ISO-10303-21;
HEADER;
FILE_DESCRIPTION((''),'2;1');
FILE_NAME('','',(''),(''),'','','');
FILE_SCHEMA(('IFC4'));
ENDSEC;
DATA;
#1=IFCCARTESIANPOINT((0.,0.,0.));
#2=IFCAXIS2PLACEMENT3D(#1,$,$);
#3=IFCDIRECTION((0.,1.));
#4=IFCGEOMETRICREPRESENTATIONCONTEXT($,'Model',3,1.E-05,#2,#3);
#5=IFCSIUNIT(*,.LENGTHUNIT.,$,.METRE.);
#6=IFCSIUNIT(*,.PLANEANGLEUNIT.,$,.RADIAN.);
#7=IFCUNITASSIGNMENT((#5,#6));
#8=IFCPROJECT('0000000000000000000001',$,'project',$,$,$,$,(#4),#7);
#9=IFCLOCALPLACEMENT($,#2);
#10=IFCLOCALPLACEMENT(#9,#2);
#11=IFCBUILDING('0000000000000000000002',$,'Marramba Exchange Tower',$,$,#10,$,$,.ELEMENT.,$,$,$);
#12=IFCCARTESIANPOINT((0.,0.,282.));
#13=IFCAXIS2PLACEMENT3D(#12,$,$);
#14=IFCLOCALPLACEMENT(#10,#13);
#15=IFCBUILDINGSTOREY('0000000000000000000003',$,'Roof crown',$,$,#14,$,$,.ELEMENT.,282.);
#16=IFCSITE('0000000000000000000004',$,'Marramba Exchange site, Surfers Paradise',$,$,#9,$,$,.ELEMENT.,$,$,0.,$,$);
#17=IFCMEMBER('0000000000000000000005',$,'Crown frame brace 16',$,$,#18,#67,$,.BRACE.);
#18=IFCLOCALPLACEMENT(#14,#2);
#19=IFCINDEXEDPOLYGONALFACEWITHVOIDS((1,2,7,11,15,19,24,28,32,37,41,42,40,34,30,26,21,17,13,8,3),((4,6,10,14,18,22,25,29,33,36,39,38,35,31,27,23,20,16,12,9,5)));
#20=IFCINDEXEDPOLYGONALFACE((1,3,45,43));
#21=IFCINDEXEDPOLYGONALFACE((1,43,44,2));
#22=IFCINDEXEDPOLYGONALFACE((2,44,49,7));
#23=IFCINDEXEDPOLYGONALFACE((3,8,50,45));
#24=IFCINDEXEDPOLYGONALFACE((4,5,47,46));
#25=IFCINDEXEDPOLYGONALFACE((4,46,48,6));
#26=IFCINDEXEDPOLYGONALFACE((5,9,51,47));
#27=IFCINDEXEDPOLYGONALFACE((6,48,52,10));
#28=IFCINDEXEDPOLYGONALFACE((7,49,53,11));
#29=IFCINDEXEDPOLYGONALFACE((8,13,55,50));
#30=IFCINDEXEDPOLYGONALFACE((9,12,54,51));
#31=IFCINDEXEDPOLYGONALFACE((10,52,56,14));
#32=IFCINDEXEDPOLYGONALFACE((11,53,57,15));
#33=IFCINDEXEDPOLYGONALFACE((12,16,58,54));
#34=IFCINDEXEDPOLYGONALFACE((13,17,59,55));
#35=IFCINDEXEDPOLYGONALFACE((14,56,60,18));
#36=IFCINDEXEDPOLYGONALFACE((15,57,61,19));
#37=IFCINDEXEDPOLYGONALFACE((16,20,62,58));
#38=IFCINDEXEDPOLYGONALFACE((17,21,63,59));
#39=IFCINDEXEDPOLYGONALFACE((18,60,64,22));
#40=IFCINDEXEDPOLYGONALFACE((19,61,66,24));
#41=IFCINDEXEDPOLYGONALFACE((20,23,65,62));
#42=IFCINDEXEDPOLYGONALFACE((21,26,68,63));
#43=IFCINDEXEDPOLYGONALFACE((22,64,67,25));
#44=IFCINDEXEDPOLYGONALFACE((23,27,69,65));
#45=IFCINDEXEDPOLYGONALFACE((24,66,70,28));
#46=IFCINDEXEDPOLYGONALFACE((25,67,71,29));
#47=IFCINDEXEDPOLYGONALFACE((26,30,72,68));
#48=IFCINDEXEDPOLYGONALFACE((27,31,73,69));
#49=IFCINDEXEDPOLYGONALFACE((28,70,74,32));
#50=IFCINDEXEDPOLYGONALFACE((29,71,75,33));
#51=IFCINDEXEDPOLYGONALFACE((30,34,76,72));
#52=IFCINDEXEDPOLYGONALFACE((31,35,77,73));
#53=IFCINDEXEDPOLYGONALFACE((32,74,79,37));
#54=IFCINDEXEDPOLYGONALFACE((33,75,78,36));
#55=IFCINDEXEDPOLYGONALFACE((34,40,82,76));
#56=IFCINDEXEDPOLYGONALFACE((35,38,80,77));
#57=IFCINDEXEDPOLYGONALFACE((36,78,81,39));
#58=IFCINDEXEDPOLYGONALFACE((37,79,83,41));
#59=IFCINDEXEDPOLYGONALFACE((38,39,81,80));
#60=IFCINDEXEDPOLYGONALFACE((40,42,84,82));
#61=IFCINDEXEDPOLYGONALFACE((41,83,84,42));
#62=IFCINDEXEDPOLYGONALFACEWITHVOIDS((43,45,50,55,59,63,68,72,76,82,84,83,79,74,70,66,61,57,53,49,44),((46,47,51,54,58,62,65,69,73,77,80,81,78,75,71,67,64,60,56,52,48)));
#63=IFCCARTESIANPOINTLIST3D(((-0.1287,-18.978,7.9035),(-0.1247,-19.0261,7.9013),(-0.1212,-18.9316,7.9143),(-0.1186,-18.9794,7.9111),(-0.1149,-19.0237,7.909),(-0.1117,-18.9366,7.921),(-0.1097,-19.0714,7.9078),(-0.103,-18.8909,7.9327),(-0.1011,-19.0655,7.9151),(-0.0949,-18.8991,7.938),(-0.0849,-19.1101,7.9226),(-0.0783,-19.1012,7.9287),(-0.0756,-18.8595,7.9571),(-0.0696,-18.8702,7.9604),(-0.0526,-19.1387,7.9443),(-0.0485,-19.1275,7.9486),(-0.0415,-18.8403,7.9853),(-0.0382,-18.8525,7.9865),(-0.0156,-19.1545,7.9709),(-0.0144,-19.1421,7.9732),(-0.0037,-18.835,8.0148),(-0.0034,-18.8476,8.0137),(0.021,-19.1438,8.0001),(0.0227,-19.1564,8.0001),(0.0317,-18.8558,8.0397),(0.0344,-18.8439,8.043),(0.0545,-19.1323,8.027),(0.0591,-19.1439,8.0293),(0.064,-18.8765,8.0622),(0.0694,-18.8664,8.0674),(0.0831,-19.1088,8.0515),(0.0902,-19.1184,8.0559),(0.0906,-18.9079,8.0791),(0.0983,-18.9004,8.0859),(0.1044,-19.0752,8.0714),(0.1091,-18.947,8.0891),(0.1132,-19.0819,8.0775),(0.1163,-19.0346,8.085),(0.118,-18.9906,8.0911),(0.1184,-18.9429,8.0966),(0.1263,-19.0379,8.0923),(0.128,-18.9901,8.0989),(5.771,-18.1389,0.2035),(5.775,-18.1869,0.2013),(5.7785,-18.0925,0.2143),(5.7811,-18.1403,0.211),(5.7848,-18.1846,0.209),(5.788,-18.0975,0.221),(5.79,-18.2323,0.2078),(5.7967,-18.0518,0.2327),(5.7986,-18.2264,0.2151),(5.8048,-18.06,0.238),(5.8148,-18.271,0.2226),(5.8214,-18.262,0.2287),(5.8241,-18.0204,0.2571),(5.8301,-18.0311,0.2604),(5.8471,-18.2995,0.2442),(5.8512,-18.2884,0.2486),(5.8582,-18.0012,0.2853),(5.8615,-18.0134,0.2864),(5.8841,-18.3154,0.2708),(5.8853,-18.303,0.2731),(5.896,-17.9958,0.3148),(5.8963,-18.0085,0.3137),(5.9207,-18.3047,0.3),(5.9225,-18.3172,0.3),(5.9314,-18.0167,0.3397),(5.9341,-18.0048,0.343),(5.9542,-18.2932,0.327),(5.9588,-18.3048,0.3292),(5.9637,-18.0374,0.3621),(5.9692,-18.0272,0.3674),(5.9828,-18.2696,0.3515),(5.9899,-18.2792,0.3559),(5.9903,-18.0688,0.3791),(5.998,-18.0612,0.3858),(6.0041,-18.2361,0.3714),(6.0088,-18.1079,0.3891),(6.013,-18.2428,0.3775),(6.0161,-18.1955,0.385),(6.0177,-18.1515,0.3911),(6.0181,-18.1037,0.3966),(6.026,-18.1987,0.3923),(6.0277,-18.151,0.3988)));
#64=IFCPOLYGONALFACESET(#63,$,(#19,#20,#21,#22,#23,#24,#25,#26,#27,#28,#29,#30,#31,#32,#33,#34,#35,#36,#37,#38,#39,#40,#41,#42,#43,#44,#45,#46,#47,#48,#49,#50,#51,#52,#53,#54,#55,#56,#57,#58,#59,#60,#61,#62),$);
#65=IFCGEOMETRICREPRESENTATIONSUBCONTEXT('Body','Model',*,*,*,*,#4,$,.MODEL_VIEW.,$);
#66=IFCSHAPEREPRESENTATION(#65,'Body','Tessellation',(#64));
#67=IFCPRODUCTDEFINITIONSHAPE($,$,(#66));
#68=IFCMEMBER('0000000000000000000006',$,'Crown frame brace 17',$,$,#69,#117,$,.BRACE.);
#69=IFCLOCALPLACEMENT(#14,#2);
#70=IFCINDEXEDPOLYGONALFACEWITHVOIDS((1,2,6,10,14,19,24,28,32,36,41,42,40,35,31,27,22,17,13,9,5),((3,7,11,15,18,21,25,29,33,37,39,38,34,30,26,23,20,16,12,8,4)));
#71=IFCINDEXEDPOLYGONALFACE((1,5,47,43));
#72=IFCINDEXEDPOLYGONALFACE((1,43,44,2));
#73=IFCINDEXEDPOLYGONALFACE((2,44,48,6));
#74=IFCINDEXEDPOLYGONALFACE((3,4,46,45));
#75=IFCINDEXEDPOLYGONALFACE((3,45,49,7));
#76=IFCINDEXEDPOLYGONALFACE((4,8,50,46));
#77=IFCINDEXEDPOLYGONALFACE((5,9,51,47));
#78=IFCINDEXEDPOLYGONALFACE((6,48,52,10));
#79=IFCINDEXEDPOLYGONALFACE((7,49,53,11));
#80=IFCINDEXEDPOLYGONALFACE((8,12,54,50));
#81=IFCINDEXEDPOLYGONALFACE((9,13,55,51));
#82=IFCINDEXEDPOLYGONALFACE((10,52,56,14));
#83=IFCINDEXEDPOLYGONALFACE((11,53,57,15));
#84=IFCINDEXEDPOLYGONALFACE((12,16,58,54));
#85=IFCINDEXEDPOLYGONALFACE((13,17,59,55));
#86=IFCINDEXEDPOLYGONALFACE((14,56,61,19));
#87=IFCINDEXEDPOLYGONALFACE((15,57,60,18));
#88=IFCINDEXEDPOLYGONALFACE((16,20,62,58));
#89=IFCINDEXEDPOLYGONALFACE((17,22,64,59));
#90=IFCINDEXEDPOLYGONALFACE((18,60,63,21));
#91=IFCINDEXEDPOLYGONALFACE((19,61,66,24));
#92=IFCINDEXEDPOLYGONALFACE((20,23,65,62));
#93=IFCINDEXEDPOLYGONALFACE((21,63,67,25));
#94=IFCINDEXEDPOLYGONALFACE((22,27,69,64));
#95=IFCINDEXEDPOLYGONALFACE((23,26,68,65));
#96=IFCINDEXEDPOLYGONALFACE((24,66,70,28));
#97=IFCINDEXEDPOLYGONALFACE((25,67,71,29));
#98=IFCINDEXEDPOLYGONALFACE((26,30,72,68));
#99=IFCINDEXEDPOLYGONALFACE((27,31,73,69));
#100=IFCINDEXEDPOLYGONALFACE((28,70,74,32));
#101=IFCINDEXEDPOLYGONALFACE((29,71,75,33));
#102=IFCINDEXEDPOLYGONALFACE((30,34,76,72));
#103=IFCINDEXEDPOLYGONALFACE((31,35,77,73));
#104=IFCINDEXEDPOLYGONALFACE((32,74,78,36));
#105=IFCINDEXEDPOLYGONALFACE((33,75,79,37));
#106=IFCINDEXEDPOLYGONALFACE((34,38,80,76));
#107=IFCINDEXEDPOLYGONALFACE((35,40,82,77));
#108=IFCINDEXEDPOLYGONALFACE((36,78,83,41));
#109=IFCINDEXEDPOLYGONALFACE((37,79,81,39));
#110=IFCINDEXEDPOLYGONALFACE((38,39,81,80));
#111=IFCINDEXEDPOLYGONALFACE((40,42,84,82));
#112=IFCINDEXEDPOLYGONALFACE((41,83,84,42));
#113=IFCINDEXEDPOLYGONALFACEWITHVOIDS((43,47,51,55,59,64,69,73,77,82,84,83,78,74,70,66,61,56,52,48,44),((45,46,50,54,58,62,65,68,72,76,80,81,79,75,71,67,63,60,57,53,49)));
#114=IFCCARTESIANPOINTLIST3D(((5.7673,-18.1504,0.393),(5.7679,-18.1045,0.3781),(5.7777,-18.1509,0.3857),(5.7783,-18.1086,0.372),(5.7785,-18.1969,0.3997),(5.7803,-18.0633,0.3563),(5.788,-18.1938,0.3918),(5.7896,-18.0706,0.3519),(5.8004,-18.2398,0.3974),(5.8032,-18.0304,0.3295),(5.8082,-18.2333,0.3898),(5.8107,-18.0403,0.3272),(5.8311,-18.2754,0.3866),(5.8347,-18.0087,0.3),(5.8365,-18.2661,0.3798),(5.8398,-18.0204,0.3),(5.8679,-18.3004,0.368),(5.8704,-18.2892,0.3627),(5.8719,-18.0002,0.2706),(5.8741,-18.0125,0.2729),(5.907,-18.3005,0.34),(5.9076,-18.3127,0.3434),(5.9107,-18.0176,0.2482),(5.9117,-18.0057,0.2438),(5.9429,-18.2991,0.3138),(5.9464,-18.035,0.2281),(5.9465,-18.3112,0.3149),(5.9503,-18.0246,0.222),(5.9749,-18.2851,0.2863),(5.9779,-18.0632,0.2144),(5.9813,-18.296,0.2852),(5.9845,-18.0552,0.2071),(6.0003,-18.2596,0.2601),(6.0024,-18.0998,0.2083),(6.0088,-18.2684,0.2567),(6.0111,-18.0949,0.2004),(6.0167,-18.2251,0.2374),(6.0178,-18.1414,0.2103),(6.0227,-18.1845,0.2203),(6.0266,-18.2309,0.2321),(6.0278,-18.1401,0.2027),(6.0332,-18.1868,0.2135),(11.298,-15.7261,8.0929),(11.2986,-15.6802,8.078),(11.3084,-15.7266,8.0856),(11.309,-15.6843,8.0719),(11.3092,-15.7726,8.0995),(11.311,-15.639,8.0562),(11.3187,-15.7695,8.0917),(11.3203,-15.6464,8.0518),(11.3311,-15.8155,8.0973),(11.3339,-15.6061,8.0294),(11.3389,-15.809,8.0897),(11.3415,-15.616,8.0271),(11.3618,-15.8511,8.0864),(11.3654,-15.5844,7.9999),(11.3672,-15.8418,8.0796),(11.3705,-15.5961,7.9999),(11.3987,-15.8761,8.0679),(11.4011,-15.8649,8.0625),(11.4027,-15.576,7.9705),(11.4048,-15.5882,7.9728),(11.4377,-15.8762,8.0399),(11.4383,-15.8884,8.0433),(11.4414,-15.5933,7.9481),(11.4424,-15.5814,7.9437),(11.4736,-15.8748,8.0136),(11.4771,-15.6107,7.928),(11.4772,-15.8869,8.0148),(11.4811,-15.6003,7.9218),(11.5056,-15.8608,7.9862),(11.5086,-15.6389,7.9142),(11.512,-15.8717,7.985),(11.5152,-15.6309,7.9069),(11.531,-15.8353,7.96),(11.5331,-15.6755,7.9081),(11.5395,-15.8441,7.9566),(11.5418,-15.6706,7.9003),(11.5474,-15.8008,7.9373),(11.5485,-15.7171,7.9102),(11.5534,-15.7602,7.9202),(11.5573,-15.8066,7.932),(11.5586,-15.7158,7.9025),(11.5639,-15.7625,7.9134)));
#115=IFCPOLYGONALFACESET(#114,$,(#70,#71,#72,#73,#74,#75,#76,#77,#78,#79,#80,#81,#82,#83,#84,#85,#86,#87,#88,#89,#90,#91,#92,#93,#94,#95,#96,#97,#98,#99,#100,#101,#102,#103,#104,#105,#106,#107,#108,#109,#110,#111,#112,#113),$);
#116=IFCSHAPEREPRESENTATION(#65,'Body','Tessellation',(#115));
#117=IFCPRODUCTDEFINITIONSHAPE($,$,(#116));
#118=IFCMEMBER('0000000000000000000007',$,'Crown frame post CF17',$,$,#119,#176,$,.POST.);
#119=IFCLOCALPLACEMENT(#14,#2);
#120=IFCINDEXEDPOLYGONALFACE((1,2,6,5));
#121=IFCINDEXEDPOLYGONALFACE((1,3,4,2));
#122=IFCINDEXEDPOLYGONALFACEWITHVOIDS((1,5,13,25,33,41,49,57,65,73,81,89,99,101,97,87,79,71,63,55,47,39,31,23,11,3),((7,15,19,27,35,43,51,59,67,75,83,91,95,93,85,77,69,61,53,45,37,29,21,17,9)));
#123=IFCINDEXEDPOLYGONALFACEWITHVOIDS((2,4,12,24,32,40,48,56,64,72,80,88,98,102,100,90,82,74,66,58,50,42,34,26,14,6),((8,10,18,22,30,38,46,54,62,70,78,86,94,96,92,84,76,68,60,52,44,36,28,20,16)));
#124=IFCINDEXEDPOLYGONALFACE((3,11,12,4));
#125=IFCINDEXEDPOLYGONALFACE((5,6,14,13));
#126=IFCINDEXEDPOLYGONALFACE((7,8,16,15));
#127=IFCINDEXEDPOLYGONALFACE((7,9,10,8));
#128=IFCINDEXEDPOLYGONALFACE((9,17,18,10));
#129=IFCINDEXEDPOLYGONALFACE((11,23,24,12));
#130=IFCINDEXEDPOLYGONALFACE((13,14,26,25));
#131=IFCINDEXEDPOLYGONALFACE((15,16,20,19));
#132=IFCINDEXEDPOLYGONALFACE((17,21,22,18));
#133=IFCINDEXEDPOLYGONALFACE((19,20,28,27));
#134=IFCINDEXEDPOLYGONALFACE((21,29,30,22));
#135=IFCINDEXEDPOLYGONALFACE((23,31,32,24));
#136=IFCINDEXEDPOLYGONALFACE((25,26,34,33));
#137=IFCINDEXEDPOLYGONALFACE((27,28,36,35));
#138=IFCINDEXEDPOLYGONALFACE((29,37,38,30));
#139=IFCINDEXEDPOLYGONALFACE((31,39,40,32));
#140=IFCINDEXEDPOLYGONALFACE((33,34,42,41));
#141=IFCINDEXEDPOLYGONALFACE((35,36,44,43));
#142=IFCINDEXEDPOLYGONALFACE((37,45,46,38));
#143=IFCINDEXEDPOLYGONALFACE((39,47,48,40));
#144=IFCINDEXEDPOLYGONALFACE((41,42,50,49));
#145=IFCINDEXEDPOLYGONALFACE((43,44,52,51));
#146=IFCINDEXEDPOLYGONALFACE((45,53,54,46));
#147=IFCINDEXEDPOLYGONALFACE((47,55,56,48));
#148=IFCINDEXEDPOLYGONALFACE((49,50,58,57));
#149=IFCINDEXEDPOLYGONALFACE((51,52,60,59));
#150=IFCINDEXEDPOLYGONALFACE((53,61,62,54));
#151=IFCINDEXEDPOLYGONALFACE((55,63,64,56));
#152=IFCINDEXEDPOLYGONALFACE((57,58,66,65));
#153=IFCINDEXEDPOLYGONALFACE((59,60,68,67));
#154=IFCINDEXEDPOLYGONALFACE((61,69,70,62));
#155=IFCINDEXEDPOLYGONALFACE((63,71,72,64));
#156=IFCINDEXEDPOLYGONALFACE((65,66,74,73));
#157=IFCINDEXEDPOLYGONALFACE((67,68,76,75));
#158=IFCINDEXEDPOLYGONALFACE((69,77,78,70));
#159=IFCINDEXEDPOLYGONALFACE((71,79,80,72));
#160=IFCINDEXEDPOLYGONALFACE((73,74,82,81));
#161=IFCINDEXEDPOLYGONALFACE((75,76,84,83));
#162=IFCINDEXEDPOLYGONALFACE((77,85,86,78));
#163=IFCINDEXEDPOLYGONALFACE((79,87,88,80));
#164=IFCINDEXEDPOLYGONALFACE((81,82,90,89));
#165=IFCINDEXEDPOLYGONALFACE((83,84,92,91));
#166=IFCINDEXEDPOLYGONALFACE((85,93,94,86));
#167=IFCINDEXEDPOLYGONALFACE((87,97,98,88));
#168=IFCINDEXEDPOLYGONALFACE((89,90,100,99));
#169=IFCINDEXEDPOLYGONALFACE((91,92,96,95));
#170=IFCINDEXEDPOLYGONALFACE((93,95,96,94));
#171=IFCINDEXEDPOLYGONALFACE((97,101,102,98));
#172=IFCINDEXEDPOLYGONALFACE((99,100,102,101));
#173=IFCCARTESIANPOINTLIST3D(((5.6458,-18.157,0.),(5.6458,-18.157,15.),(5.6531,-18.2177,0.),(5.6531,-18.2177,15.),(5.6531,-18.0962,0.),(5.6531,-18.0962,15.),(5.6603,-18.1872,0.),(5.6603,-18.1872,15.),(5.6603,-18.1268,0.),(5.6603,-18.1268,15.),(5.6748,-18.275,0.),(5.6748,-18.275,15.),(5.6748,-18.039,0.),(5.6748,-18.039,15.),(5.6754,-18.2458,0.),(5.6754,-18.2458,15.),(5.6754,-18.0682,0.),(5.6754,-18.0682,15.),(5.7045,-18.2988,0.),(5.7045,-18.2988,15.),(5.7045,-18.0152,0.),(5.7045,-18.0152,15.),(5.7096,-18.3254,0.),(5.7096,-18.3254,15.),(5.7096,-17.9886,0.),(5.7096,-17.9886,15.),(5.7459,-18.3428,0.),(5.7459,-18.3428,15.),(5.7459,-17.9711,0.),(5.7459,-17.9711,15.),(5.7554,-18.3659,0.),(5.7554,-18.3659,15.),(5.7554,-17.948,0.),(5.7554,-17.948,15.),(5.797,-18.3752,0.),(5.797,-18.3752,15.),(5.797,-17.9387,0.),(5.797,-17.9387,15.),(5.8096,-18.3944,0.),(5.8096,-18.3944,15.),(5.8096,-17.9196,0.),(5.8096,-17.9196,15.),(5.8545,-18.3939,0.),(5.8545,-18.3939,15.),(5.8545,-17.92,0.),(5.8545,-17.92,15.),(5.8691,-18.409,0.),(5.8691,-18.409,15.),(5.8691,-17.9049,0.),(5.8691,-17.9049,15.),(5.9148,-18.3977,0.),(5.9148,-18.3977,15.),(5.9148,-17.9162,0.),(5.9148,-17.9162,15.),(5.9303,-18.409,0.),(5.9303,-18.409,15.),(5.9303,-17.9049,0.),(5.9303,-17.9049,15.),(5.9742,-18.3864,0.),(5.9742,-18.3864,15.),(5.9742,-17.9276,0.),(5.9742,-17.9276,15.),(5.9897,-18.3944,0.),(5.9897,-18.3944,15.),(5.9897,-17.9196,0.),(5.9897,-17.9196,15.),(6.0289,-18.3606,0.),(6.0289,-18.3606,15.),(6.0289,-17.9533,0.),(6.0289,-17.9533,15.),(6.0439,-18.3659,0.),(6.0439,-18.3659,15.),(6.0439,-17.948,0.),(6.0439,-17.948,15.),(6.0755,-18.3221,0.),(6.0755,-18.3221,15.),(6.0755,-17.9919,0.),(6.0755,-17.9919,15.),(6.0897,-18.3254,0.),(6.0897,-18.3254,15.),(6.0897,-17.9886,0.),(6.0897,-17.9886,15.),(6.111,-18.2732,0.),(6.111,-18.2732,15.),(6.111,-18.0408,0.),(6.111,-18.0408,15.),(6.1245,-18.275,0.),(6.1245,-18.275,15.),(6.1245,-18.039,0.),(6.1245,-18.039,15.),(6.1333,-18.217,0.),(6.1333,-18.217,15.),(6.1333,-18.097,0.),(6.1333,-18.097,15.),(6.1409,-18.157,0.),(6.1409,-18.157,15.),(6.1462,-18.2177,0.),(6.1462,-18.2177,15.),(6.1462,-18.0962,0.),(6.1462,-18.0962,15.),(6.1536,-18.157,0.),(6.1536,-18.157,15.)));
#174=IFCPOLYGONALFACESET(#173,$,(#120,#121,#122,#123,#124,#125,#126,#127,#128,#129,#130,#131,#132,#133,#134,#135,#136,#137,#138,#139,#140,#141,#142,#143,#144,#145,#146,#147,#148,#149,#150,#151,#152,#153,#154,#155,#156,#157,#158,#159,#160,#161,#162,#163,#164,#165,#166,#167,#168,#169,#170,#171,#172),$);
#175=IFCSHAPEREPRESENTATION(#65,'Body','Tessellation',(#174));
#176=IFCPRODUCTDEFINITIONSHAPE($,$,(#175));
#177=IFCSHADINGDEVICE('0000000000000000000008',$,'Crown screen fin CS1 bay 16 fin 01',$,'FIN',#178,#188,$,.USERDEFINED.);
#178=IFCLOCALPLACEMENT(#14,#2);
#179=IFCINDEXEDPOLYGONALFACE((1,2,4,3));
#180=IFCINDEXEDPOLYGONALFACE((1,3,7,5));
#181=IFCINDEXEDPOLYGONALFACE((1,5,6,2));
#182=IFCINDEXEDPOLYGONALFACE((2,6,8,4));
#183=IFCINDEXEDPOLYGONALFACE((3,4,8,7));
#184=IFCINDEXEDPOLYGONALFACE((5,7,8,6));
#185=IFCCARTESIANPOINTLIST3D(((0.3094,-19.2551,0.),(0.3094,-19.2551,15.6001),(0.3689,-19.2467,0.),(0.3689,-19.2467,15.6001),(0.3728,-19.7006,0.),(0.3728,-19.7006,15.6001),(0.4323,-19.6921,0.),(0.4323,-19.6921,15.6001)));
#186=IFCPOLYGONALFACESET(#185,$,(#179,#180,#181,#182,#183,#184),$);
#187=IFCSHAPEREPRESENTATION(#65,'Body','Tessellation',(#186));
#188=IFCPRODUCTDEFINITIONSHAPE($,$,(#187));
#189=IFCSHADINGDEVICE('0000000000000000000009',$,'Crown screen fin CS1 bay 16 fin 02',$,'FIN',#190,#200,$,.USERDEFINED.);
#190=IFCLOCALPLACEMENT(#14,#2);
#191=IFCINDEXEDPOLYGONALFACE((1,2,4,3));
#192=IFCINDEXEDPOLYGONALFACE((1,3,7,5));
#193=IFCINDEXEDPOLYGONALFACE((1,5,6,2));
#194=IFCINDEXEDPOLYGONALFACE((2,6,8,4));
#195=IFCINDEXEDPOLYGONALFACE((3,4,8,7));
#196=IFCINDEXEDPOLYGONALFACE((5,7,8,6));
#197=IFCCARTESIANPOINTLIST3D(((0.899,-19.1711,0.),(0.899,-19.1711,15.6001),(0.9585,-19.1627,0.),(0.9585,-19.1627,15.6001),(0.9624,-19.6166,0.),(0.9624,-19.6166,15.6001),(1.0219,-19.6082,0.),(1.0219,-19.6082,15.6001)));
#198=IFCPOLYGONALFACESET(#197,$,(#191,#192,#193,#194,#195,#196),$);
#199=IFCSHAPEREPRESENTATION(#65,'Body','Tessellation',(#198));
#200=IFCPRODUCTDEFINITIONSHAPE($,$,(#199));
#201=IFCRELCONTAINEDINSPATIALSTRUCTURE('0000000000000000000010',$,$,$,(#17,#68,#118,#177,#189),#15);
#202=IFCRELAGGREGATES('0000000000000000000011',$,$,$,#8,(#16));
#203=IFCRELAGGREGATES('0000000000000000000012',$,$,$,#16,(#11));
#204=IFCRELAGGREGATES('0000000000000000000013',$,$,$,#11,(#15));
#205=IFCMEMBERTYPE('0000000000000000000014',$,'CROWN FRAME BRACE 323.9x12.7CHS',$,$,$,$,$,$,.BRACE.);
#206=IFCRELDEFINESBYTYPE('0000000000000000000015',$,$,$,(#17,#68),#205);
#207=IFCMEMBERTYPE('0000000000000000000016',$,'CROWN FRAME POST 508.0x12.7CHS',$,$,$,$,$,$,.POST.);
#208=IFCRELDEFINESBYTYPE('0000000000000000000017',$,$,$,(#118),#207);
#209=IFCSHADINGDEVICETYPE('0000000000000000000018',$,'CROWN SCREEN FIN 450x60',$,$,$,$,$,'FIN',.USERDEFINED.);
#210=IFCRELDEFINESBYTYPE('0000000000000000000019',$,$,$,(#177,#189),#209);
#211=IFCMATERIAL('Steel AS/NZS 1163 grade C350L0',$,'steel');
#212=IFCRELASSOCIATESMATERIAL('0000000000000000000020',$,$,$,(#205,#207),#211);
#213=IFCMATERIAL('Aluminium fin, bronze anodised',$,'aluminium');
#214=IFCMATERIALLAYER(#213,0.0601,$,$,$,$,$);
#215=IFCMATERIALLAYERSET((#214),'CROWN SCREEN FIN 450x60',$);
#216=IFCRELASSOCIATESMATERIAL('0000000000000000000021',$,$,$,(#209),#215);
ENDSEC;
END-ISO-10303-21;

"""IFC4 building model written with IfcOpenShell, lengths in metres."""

from ifc_helpers import new_model, si_unit, direction, frame, origin, origin_2d, place, context, subcontext, project, spatial, rectangle, hollow_circle, extrude, material, layer, layer_set, material_profile, profile_set, type_object, element, save


model = new_model("IFC4")

# Units and contexts
model_context = context("Model", 3, precision=1e-05, world=origin(), true_north=direction((0.0, 1.0)))
body_context = subcontext(model_context, "Body", "Model", "MODEL_VIEW")
ifc_project = project(units=[si_unit("LENGTHUNIT", "METRE"), si_unit("PLANEANGLEUNIT", "RADIAN")], contexts=[model_context])

# Site, building, storey
site_placement = place(None, origin())
site = spatial("IfcSite", under=ifc_project, at=site_placement, Name="Marramba Exchange site, Surfers Paradise", CompositionType="ELEMENT", RefElevation=0.0)
building_placement = place(site_placement, origin())
building = spatial("IfcBuilding", under=site, at=building_placement, Name="Marramba Exchange Tower", CompositionType="ELEMENT")
storey_placement = place(building_placement, frame((0.0, 0.0, 282.0)))
storey = spatial("IfcBuildingStorey", under=building, at=storey_placement, Name="Roof crown", CompositionType="ELEMENT", Elevation=282.0)

# Members
ifc_material_1 = material(Name="Steel AS/NZS 1163 grade C350L0", Category="steel")
ifc_material_profile_1 = material_profile(ifc_material_1, hollow_circle(Radius=0.1619, WallThickness=0.0127, at=origin_2d()), Name="323.9x12.7CHS")
ifc_profile_set_1 = profile_set([ifc_material_profile_1], Name="Steel AS/NZS 1163 grade C350L0")
member_type_1 = type_object("IfcMemberType", Name="CROWN FRAME BRACE 323.9x12.7CHS", PredefinedType="BRACE", material=ifc_profile_set_1)
member_1_placement = place(storey_placement, frame((5.8997, -18.157, 0.3), z_axis=(-0.605932, -0.086182, 0.790834), x_axis=(0.140813, -0.990036, 0.0)))
element("IfcMember", 1, at=member_1_placement, inside=storey, type_object=member_type_1, Name="Crown frame brace 16", PredefinedType="BRACE", context=body_context, shape_type="SweptSolid", body=[
    extrude(hollow_circle(Radius=0.1619, WallThickness=0.0127, at=origin_2d()), origin(), (0.0, 0.0, 1.0), 9.7366),
])
member_2_placement = place(storey_placement, frame((5.8997, -18.157, 0.3), z_axis=(0.5652, 0.247746, 0.786874), x_axis=(-0.401459, 0.915877, 0.0)))
element("IfcMember", 2, at=member_2_placement, inside=storey, type_object=member_type_1, Name="Crown frame brace 17", PredefinedType="BRACE", context=body_context, shape_type="SweptSolid", body=[
    extrude(hollow_circle(Radius=0.1619, WallThickness=0.0127, at=origin_2d()), origin(), (0.0, 0.0, 1.0), 9.7854),
])
ifc_material_profile_2 = material_profile(ifc_material_1, hollow_circle(Radius=0.2539, WallThickness=0.0127, at=origin_2d()), Name="508.0x12.7CHS")
ifc_profile_set_2 = profile_set([ifc_material_profile_2], Name="Steel AS/NZS 1163 grade C350L0")
member_type_2 = type_object("IfcMemberType", Name="CROWN FRAME POST 508.0x12.7CHS", PredefinedType="POST", material=ifc_profile_set_2)
member_3_placement = place(storey_placement, frame((5.8997, -18.157, 0.0), z_axis=(0.0, 0.0, 1.0), x_axis=(1.0, 0.0, 0.0)))
element("IfcMember", 3, at=member_3_placement, inside=storey, type_object=member_type_2, Name="Crown frame post CF17", PredefinedType="POST", context=body_context, shape_type="SweptSolid", body=[
    extrude(hollow_circle(Radius=0.2539, WallThickness=0.0127, at=origin_2d()), origin(), (0.0, 0.0, 1.0), 15.0),
])

# Shading devices
ifc_material_2 = material(Name="Aluminium fin, bronze anodised", Category="aluminium")
ifc_layer_1 = layer(ifc_material_2, 0.0601)
ifc_layer_set_1 = layer_set([ifc_layer_1], Name="CROWN SCREEN FIN 450x60")
shading_device_type = type_object("IfcShadingDeviceType", Name="CROWN SCREEN FIN 450x60", ElementType="FIN", PredefinedType="USERDEFINED", material=ifc_layer_set_1)
for number, where, z_axis, x_axis, name in (
    (4, (0.3708, -19.4736, 0.0), (0.0, 0.0, 1.0), (0.140789, -0.99004, 0.0), "Crown screen fin CS1 bay 16 fin 01"),
    (5, (0.9604, -19.3896, 0.0), (0.0, 0.0, 1.0), (0.140789, -0.99004, 0.0), "Crown screen fin CS1 bay 16 fin 02"),
):
    element("IfcShadingDevice", number, at=place(storey_placement, frame(where, z_axis=z_axis, x_axis=x_axis)), inside=storey, type_object=shading_device_type, Name=name, ObjectType="FIN", PredefinedType="USERDEFINED", context=body_context, shape_type="SweptSolid", body=[
        extrude(rectangle(XDim=0.45, YDim=0.0601, at=origin_2d()), origin(), (0.0, 0.0, 1.0), 15.6001),
    ])

save(model, "model.ifc")
